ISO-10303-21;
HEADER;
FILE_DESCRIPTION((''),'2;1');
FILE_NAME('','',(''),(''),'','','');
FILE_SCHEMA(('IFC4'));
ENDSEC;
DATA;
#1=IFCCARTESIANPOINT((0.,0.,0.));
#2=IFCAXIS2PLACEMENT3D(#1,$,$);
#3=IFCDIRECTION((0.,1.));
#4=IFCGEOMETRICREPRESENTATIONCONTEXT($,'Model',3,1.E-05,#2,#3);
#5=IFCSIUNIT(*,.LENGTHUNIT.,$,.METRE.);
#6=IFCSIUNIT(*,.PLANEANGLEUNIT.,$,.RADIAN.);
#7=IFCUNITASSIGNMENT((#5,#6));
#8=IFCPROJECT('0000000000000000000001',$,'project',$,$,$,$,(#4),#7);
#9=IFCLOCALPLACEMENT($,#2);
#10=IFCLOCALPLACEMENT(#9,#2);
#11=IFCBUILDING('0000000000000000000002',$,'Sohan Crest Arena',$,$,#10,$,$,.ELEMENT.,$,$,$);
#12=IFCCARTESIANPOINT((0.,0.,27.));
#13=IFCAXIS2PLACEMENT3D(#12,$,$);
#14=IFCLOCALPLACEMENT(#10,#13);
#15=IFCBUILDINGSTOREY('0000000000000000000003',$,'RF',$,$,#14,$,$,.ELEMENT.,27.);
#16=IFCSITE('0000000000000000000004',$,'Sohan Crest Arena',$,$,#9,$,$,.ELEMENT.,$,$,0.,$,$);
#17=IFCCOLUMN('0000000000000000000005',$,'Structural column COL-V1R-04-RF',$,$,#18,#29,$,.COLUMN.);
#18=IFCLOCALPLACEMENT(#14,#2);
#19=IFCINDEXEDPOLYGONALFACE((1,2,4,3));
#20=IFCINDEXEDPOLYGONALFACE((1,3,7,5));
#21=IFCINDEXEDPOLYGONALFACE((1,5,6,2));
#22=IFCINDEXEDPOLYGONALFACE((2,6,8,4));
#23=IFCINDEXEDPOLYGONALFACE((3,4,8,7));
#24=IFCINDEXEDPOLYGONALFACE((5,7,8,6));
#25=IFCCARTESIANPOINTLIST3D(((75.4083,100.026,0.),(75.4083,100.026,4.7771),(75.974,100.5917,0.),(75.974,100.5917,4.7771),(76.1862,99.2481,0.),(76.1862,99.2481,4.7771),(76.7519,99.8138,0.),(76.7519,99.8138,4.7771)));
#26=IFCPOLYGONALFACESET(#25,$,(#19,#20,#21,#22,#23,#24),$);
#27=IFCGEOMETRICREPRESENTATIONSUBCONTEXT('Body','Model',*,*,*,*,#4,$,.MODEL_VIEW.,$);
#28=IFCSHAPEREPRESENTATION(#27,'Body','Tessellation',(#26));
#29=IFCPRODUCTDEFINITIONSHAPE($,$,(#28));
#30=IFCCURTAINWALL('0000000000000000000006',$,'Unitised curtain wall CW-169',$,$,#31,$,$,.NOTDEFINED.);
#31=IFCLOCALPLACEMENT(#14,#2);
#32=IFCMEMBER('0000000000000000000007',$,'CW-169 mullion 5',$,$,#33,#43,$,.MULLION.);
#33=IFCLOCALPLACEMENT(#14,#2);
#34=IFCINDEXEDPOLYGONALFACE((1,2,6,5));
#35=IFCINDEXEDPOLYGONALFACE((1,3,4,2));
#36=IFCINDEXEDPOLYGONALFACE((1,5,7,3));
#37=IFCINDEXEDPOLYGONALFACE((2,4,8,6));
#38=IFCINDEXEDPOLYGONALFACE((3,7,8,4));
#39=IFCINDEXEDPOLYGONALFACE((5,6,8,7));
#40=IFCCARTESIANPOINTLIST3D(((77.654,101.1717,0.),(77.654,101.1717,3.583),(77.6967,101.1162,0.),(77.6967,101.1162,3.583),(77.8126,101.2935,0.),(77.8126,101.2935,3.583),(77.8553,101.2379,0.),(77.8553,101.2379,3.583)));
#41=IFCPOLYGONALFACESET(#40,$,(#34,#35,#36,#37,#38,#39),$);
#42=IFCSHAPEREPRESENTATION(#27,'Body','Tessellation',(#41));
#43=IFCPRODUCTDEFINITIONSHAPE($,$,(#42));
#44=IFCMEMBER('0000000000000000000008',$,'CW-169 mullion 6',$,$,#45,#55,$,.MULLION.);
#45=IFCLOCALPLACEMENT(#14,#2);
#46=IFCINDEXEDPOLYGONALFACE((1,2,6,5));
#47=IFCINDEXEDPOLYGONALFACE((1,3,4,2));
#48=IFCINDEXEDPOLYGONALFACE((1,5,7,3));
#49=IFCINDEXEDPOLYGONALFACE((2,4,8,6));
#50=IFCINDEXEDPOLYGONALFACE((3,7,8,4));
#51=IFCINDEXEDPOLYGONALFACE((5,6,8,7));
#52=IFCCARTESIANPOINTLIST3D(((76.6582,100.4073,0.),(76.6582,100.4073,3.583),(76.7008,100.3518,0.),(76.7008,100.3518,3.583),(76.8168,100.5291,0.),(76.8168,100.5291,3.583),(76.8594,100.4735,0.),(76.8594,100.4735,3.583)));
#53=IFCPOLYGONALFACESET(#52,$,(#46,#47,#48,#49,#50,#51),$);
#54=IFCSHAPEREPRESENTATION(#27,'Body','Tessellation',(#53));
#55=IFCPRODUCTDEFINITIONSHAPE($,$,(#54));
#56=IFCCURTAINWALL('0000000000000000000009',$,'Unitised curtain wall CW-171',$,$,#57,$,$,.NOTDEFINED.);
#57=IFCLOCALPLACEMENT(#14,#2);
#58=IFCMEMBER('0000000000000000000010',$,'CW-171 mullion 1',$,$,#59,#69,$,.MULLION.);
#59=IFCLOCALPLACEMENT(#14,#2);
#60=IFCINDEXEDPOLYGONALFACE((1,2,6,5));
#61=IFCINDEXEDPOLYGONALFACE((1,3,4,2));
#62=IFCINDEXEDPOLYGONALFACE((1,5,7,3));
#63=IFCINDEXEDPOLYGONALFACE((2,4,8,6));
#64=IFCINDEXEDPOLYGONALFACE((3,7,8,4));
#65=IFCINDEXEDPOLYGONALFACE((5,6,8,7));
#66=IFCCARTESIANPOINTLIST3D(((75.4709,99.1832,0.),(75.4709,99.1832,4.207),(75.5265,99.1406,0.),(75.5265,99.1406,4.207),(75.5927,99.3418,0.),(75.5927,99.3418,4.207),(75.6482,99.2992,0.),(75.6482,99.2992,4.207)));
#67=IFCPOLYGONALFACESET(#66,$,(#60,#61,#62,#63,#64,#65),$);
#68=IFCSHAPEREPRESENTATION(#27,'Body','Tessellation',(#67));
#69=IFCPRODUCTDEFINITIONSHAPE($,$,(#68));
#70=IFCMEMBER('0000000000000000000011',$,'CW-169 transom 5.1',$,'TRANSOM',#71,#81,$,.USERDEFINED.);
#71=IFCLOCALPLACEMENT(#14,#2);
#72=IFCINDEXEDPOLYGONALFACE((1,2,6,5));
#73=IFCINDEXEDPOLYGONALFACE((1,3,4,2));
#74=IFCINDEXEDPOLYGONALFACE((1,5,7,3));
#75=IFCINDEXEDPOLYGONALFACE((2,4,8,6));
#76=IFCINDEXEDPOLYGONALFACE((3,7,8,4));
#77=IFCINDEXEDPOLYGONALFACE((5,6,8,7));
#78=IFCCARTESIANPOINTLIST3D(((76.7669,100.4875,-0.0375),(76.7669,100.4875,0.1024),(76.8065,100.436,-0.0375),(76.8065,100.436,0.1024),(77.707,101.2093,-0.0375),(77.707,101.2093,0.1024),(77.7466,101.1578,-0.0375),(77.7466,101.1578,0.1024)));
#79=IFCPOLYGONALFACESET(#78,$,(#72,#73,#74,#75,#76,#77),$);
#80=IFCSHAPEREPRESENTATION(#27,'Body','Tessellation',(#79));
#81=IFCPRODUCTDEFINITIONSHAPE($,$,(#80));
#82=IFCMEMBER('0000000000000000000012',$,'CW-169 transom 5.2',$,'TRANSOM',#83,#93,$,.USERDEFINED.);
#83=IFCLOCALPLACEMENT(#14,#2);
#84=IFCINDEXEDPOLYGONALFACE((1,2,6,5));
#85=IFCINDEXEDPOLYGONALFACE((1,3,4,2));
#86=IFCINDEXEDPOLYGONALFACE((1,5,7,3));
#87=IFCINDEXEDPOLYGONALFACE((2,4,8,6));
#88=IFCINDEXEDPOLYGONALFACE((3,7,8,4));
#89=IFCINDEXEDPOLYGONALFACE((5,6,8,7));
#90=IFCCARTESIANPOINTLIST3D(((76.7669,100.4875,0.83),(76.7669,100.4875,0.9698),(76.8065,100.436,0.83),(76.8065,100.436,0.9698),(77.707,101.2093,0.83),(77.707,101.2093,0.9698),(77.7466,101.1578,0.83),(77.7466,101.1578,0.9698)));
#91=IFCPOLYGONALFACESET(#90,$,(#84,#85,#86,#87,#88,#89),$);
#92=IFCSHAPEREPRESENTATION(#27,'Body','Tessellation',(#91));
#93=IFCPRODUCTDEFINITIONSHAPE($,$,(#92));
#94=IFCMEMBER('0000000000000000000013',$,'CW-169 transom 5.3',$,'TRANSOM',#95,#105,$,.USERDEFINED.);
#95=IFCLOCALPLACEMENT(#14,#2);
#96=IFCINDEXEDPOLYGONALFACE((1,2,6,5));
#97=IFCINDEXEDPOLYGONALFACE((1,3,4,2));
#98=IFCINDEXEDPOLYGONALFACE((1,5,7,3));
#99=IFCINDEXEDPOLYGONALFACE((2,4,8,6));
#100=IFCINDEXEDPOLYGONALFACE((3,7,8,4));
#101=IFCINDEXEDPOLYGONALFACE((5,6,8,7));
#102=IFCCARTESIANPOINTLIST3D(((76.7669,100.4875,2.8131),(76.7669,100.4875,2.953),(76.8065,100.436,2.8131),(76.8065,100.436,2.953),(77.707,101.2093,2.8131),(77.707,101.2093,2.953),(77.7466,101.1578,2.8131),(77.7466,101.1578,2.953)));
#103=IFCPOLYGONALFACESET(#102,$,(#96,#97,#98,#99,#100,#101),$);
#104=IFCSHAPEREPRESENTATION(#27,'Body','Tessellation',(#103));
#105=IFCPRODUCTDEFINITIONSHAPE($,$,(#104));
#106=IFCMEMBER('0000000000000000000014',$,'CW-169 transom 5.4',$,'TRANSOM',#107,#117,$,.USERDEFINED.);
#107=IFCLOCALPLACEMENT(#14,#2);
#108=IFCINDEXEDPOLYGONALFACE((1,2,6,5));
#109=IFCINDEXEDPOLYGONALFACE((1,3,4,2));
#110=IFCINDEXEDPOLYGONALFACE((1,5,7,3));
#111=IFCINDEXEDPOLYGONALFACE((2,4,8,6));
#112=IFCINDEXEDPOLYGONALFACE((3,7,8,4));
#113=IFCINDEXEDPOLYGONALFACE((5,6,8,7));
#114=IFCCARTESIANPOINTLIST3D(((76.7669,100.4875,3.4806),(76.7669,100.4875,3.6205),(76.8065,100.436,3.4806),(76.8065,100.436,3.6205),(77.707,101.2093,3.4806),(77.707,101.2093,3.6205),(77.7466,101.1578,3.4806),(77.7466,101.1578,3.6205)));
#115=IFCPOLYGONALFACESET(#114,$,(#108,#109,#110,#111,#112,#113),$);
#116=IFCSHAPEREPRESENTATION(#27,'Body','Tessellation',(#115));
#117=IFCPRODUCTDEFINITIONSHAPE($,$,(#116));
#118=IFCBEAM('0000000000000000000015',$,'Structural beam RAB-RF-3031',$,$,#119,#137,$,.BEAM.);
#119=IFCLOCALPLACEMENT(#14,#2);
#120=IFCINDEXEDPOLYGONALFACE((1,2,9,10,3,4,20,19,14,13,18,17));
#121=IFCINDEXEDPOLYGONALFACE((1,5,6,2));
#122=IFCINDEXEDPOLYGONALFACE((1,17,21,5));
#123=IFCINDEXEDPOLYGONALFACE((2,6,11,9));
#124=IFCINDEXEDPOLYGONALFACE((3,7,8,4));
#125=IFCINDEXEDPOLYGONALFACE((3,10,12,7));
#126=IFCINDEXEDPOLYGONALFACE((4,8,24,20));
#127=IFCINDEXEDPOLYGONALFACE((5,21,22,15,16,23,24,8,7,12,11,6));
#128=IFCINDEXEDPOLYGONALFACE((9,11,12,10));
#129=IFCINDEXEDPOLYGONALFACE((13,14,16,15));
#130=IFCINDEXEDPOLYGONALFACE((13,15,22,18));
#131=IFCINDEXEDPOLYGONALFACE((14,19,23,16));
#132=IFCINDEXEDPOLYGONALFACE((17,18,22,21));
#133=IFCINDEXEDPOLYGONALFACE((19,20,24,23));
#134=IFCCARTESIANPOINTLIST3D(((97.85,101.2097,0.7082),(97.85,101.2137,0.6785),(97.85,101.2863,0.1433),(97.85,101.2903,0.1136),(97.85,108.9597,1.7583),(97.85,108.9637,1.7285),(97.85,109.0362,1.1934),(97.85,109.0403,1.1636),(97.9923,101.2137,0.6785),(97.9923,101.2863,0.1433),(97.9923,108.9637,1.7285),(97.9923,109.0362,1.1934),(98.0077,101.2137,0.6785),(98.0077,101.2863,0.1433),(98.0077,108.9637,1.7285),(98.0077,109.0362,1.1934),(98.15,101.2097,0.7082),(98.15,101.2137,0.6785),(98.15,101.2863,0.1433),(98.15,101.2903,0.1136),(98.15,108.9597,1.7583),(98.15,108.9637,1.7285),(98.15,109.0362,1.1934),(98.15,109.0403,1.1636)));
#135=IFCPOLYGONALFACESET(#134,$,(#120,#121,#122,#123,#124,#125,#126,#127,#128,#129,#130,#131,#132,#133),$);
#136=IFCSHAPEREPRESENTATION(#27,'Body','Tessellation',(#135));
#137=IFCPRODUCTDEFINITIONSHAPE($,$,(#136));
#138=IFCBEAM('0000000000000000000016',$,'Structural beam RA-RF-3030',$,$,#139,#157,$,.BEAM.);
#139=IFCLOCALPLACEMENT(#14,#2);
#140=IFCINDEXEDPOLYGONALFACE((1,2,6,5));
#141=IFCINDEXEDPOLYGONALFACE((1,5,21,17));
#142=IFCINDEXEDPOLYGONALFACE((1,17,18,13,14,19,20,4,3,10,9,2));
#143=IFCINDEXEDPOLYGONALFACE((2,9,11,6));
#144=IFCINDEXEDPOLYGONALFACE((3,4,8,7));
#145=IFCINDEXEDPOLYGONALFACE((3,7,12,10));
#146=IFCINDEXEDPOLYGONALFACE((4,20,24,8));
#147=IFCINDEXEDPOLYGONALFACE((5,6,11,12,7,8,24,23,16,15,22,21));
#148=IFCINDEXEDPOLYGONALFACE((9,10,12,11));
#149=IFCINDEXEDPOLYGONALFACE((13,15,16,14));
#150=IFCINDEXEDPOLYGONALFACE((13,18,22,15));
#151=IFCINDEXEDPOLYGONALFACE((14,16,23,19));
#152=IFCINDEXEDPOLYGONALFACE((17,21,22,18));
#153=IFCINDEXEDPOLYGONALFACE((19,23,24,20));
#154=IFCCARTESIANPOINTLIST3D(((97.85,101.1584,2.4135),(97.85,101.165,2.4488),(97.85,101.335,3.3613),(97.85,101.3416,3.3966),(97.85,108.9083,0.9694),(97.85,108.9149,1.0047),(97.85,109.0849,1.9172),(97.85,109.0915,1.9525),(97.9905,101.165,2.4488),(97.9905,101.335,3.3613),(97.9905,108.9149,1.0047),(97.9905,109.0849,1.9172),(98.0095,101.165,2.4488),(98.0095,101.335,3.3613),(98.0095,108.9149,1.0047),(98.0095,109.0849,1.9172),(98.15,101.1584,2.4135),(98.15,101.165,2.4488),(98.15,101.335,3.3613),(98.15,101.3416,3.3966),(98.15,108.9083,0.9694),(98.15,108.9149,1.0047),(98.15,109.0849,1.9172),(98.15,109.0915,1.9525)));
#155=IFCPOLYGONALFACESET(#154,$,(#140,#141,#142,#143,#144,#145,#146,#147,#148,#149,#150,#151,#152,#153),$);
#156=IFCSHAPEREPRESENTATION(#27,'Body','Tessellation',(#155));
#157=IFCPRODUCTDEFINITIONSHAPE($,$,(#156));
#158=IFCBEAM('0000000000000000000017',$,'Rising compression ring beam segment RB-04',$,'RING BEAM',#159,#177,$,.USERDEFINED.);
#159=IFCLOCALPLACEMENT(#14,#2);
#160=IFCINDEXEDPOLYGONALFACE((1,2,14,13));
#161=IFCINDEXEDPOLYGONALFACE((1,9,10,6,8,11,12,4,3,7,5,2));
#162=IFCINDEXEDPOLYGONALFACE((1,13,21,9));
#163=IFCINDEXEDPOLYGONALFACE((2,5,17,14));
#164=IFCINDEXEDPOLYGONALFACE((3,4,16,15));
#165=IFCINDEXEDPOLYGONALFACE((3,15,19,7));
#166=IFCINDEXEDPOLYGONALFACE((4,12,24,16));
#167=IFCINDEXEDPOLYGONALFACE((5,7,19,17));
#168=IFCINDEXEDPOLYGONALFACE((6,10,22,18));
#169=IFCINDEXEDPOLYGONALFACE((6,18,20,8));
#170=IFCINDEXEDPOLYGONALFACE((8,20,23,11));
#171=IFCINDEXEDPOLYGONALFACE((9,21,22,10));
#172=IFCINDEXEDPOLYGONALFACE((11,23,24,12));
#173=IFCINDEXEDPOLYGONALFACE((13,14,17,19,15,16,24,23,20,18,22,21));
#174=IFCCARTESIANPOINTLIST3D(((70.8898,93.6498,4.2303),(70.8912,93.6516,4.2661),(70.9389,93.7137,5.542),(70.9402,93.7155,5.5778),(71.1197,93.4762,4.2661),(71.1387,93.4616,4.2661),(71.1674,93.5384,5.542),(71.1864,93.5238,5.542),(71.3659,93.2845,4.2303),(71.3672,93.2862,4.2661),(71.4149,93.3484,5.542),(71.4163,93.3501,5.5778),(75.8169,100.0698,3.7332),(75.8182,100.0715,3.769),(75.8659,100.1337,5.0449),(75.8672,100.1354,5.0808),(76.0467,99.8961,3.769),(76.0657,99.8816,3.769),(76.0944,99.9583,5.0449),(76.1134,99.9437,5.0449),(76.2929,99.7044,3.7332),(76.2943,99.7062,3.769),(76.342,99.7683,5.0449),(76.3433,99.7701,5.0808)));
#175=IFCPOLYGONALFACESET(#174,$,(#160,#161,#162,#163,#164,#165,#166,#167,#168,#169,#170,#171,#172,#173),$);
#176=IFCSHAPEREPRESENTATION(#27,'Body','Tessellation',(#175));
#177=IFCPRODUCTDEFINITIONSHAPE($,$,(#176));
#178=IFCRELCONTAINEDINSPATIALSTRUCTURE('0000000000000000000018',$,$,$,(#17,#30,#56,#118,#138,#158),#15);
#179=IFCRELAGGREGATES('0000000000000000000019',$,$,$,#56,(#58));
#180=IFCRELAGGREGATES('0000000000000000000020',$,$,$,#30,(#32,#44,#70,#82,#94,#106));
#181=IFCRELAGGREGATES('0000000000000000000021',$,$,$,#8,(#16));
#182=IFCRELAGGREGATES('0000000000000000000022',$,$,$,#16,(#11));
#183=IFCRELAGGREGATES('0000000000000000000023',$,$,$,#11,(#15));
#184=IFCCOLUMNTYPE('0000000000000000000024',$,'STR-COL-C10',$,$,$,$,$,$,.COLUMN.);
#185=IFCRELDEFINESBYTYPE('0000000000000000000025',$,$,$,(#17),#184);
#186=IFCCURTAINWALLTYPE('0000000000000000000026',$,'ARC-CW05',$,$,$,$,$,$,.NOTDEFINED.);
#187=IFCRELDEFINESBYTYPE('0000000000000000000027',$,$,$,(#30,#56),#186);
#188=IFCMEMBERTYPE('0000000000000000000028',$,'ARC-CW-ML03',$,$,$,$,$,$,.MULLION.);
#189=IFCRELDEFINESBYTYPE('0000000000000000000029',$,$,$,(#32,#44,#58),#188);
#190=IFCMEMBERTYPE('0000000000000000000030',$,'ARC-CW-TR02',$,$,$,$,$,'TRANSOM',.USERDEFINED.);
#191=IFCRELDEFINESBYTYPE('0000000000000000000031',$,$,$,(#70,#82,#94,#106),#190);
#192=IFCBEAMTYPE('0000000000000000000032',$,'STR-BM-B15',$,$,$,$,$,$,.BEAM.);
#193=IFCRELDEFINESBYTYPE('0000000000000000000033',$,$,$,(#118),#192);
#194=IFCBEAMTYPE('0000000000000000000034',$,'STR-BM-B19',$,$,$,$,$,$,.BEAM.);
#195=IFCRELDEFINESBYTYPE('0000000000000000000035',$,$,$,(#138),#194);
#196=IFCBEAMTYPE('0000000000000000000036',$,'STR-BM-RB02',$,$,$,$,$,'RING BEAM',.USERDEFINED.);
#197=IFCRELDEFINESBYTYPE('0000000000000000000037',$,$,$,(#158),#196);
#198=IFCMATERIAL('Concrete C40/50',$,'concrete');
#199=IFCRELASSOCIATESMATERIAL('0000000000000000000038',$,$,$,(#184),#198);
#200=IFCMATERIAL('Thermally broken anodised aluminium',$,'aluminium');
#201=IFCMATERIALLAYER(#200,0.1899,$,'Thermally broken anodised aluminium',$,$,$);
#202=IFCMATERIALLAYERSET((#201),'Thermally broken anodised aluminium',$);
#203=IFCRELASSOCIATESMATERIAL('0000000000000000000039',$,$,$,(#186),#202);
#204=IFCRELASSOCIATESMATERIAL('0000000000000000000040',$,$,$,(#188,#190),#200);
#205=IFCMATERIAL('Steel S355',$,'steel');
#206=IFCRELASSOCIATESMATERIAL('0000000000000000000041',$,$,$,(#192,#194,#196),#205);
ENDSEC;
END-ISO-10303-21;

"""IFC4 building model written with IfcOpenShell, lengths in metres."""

from ifc_helpers import new_model, si_unit, direction, frame, origin, origin_2d, place, context, subcontext, project, spatial, rectangle, i_section, extrude, material, layer, layer_set, material_profile, profile_set, type_object, element, aggregate, save


model = new_model("IFC4")

# Units and contexts
model_context = context("Model", 3, precision=1e-05, world=origin(), true_north=direction((0.0, 1.0)))
body_context = subcontext(model_context, "Body", "Model", "MODEL_VIEW")
ifc_project = project(units=[si_unit("LENGTHUNIT", "METRE"), si_unit("PLANEANGLEUNIT", "RADIAN")], contexts=[model_context])

# Site, building, storey
site_placement = place(None, origin())
site = spatial("IfcSite", under=ifc_project, at=site_placement, Name="Sohan Crest Arena", CompositionType="ELEMENT", RefElevation=0.0)
building_placement = place(site_placement, origin())
building = spatial("IfcBuilding", under=site, at=building_placement, Name="Sohan Crest Arena", CompositionType="ELEMENT")
storey_placement = place(building_placement, frame((0.0, 0.0, 27.0)))
storey = spatial("IfcBuildingStorey", under=building, at=storey_placement, Name="RF", CompositionType="ELEMENT", Elevation=27.0)

# Column
ifc_material_1 = material(Name="Concrete C40/50", Category="concrete")
ifc_material_profile_1 = material_profile(ifc_material_1, rectangle(XDim=1.1001, YDim=0.8, at=origin_2d()), Name="RC 1100x800")
ifc_profile_set_1 = profile_set([ifc_material_profile_1], Name="Concrete C40/50")
column_type = type_object("IfcColumnType", Name="STR-COL-C10", PredefinedType="COLUMN", material=ifc_profile_set_1)
column_placement = place(storey_placement, frame((76.0801, 99.9199, 0.0), z_axis=(0.0, 0.0, 1.0), x_axis=(-0.707107, 0.707107, 0.0)))
element("IfcColumn", 1, at=column_placement, inside=storey, type_object=column_type, Name="Structural column COL-V1R-04-RF", PredefinedType="COLUMN", context=body_context, shape_type="SweptSolid", body=[
    extrude(rectangle(XDim=1.1001, YDim=0.8, at=origin_2d()), origin(), (0.0, 0.0, 1.0), 4.7771),
])

# Curtain wall, members
ifc_material_2 = material(Name="Thermally broken anodised aluminium", Category="aluminium")
ifc_layer_1 = layer(ifc_material_2, 0.1899, Name="Thermally broken anodised aluminium")
ifc_layer_set_1 = layer_set([ifc_layer_1], Name="Thermally broken anodised aluminium")
curtain_wall_type = type_object("IfcCurtainWallType", Name="ARC-CW05", PredefinedType="NOTDEFINED", material=ifc_layer_set_1)
curtain_wall_1_placement = place(storey_placement, origin())
curtain_wall_1 = element("IfcCurtainWall", 2, at=curtain_wall_1_placement, inside=storey, type_object=curtain_wall_type, Name="Unitised curtain wall CW-169", PredefinedType="NOTDEFINED")
ifc_material_profile_2 = material_profile(ifc_material_2, rectangle(XDim=0.0701, YDim=0.2, at=origin_2d()), Name="ALU-MULL 70x200")
ifc_profile_set_2 = profile_set([ifc_material_profile_2], Name="Thermally broken anodised aluminium")
member_type_1 = type_object("IfcMemberType", Name="ARC-CW-ML03", PredefinedType="MULLION", material=ifc_profile_set_2)
member_1_placement = place(storey_placement, frame((77.7546, 101.2048, 0.0), z_axis=(0.0, 0.0, 1.0), x_axis=(0.608939, -0.793217, 0.0)))
member_1 = element("IfcMember", 3, at=member_1_placement, type_object=member_type_1, Name="CW-169 mullion 5", PredefinedType="MULLION", context=body_context, shape_type="SweptSolid", body=[
    extrude(rectangle(XDim=0.0701, YDim=0.2, at=origin_2d()), origin(), (0.0, 0.0, 1.0), 3.583),
])
member_2_placement = place(storey_placement, frame((76.7588, 100.4404, 0.0), z_axis=(0.0, 0.0, 1.0), x_axis=(0.608939, -0.793217, 0.0)))
member_2 = element("IfcMember", 4, at=member_2_placement, type_object=member_type_1, Name="CW-169 mullion 6", PredefinedType="MULLION", context=body_context, shape_type="SweptSolid", body=[
    extrude(rectangle(XDim=0.0701, YDim=0.2, at=origin_2d()), origin(), (0.0, 0.0, 1.0), 3.583),
])

# Curtain wall, member
curtain_wall_2_placement = place(storey_placement, origin())
curtain_wall_2 = element("IfcCurtainWall", 5, at=curtain_wall_2_placement, inside=storey, type_object=curtain_wall_type, Name="Unitised curtain wall CW-171", PredefinedType="NOTDEFINED")
member_3_placement = place(storey_placement, frame((75.5596, 99.2412, 0.0), z_axis=(0.0, 0.0, 1.0), x_axis=(0.793217, -0.608939, 0.0)))
member_3 = element("IfcMember", 6, at=member_3_placement, type_object=member_type_1, Name="CW-171 mullion 1", PredefinedType="MULLION", context=body_context, shape_type="SweptSolid", body=[
    extrude(rectangle(XDim=0.0701, YDim=0.2, at=origin_2d()), origin(), (0.0, 0.0, 1.0), 4.207),
])
aggregate(curtain_wall_2, [member_3])

# Members
ifc_material_profile_3 = material_profile(ifc_material_2, rectangle(XDim=0.0649, YDim=0.1399, at=origin_2d()), Name="ALU-TRAN 65x140")
ifc_profile_set_3 = profile_set([ifc_material_profile_3], Name="Thermally broken anodised aluminium")
member_type_2 = type_object("IfcMemberType", Name="ARC-CW-TR02", ElementType="TRANSOM", PredefinedType="USERDEFINED", material=ifc_profile_set_3)
member_4_placement = place(storey_placement, frame((77.7268, 101.1836, 0.0325), z_axis=(-0.793152, -0.609024, 0.0), x_axis=(0.609024, -0.793152, 0.0)))
member_4 = element("IfcMember", 7, at=member_4_placement, type_object=member_type_2, Name="CW-169 transom 5.1", ObjectType="TRANSOM", PredefinedType="USERDEFINED", context=body_context, shape_type="SweptSolid", body=[
    extrude(rectangle(XDim=0.0649, YDim=0.1399, at=origin_2d()), origin(), (0.0, 0.0, 1.0), 1.1853),
])
member_5_placement = place(storey_placement, frame((77.7268, 101.1836, 0.8999), z_axis=(-0.793152, -0.609024, 0.0), x_axis=(0.609024, -0.793152, 0.0)))
member_5 = element("IfcMember", 8, at=member_5_placement, type_object=member_type_2, Name="CW-169 transom 5.2", ObjectType="TRANSOM", PredefinedType="USERDEFINED", context=body_context, shape_type="SweptSolid", body=[
    extrude(rectangle(XDim=0.0649, YDim=0.1399, at=origin_2d()), origin(), (0.0, 0.0, 1.0), 1.1853),
])
member_6_placement = place(storey_placement, frame((77.7268, 101.1836, 2.8831), z_axis=(-0.793152, -0.609024, 0.0), x_axis=(0.609024, -0.793152, 0.0)))
member_6 = element("IfcMember", 9, at=member_6_placement, type_object=member_type_2, Name="CW-169 transom 5.3", ObjectType="TRANSOM", PredefinedType="USERDEFINED", context=body_context, shape_type="SweptSolid", body=[
    extrude(rectangle(XDim=0.0649, YDim=0.1399, at=origin_2d()), origin(), (0.0, 0.0, 1.0), 1.1853),
])
member_7_placement = place(storey_placement, frame((77.7268, 101.1836, 3.5505), z_axis=(-0.793152, -0.609024, 0.0), x_axis=(0.609024, -0.793152, 0.0)))
member_7 = element("IfcMember", 10, at=member_7_placement, type_object=member_type_2, Name="CW-169 transom 5.4", ObjectType="TRANSOM", PredefinedType="USERDEFINED", context=body_context, shape_type="SweptSolid", body=[
    extrude(rectangle(XDim=0.0649, YDim=0.1399, at=origin_2d()), origin(), (0.0, 0.0, 1.0), 1.1853),
])

# Beams
ifc_material_3 = material(Name="Steel S355", Category="steel")
ifc_material_profile_4 = material_profile(ifc_material_3, i_section(OverallWidth=0.3, OverallDepth=0.6001, WebThickness=0.0154, FlangeThickness=0.03, at=origin_2d()), Name="HEB 600")
ifc_profile_set_4 = profile_set([ifc_material_profile_4], Name="Steel S355")
beam_type_1 = type_object("IfcBeamType", Name="STR-BM-B15", PredefinedType="BEAM", material=ifc_profile_set_4)
beam_1_placement = place(storey_placement, frame((98.0, 101.25, 0.4109), z_axis=(0.0, 0.990946, 0.134263), x_axis=(-1.0, 0.0, 0.0)))
element("IfcBeam", 11, at=beam_1_placement, inside=storey, type_object=beam_type_1, Name="Structural beam RAB-RF-3031", PredefinedType="BEAM", context=body_context, shape_type="SweptSolid", body=[
    extrude(i_section(OverallWidth=0.3, OverallDepth=0.6001, WebThickness=0.0154, FlangeThickness=0.03, at=origin_2d()), origin(), (0.0, 0.0, 1.0), 7.8208),
])
ifc_material_profile_5 = material_profile(ifc_material_3, i_section(OverallWidth=0.3, OverallDepth=1.0, WebThickness=0.019, FlangeThickness=0.0359, at=origin_2d()), Name="HEB 1000")
ifc_profile_set_5 = profile_set([ifc_material_profile_5], Name="Steel S355")
beam_type_2 = type_object("IfcBeamType", Name="STR-BM-B19", PredefinedType="BEAM", material=ifc_profile_set_5)
beam_2_placement = place(storey_placement, frame((98.0, 101.25, 2.905), z_axis=(0.0, 0.983079, -0.183181), x_axis=(-1.0, 0.0, 0.0)))
element("IfcBeam", 12, at=beam_2_placement, inside=storey, type_object=beam_type_2, Name="Structural beam RA-RF-3030", PredefinedType="BEAM", context=body_context, shape_type="SweptSolid", body=[
    extrude(i_section(OverallWidth=0.3, OverallDepth=1.0, WebThickness=0.019, FlangeThickness=0.0359, at=origin_2d()), origin(), (0.0, 0.0, 1.0), 7.8833),
])
ifc_material_profile_6 = material_profile(ifc_material_3, i_section(OverallWidth=0.6001, OverallDepth=1.3501, WebThickness=0.0239, FlangeThickness=0.0359, at=origin_2d()), Name="PG 1350x600x24x36")
ifc_profile_set_6 = profile_set([ifc_material_profile_6], Name="Steel S355")
beam_type_3 = type_object("IfcBeamType", Name="STR-BM-RB02", ElementType="RING BEAM", PredefinedType="USERDEFINED", material=ifc_profile_set_6)
beam_3_placement = place(storey_placement, frame((76.0801, 99.9199, 4.407), z_axis=(-0.60768, -0.791812, 0.061307), x_axis=(0.793304, -0.608825, 0.0)))
element("IfcBeam", 13, at=beam_3_placement, inside=storey, type_object=beam_type_3, Name="Rising compression ring beam segment RB-04", ObjectType="RING BEAM", PredefinedType="USERDEFINED", context=body_context, shape_type="SweptSolid", body=[
    extrude(i_section(OverallWidth=0.6001, OverallDepth=1.3501, WebThickness=0.0239, FlangeThickness=0.0359, at=origin_2d()), origin(), (0.0, 0.0, 1.0), 8.1079),
])

aggregate(curtain_wall_1, [member_1, member_2, member_4, member_5, member_6, member_7])

save(model, "model.ifc")
